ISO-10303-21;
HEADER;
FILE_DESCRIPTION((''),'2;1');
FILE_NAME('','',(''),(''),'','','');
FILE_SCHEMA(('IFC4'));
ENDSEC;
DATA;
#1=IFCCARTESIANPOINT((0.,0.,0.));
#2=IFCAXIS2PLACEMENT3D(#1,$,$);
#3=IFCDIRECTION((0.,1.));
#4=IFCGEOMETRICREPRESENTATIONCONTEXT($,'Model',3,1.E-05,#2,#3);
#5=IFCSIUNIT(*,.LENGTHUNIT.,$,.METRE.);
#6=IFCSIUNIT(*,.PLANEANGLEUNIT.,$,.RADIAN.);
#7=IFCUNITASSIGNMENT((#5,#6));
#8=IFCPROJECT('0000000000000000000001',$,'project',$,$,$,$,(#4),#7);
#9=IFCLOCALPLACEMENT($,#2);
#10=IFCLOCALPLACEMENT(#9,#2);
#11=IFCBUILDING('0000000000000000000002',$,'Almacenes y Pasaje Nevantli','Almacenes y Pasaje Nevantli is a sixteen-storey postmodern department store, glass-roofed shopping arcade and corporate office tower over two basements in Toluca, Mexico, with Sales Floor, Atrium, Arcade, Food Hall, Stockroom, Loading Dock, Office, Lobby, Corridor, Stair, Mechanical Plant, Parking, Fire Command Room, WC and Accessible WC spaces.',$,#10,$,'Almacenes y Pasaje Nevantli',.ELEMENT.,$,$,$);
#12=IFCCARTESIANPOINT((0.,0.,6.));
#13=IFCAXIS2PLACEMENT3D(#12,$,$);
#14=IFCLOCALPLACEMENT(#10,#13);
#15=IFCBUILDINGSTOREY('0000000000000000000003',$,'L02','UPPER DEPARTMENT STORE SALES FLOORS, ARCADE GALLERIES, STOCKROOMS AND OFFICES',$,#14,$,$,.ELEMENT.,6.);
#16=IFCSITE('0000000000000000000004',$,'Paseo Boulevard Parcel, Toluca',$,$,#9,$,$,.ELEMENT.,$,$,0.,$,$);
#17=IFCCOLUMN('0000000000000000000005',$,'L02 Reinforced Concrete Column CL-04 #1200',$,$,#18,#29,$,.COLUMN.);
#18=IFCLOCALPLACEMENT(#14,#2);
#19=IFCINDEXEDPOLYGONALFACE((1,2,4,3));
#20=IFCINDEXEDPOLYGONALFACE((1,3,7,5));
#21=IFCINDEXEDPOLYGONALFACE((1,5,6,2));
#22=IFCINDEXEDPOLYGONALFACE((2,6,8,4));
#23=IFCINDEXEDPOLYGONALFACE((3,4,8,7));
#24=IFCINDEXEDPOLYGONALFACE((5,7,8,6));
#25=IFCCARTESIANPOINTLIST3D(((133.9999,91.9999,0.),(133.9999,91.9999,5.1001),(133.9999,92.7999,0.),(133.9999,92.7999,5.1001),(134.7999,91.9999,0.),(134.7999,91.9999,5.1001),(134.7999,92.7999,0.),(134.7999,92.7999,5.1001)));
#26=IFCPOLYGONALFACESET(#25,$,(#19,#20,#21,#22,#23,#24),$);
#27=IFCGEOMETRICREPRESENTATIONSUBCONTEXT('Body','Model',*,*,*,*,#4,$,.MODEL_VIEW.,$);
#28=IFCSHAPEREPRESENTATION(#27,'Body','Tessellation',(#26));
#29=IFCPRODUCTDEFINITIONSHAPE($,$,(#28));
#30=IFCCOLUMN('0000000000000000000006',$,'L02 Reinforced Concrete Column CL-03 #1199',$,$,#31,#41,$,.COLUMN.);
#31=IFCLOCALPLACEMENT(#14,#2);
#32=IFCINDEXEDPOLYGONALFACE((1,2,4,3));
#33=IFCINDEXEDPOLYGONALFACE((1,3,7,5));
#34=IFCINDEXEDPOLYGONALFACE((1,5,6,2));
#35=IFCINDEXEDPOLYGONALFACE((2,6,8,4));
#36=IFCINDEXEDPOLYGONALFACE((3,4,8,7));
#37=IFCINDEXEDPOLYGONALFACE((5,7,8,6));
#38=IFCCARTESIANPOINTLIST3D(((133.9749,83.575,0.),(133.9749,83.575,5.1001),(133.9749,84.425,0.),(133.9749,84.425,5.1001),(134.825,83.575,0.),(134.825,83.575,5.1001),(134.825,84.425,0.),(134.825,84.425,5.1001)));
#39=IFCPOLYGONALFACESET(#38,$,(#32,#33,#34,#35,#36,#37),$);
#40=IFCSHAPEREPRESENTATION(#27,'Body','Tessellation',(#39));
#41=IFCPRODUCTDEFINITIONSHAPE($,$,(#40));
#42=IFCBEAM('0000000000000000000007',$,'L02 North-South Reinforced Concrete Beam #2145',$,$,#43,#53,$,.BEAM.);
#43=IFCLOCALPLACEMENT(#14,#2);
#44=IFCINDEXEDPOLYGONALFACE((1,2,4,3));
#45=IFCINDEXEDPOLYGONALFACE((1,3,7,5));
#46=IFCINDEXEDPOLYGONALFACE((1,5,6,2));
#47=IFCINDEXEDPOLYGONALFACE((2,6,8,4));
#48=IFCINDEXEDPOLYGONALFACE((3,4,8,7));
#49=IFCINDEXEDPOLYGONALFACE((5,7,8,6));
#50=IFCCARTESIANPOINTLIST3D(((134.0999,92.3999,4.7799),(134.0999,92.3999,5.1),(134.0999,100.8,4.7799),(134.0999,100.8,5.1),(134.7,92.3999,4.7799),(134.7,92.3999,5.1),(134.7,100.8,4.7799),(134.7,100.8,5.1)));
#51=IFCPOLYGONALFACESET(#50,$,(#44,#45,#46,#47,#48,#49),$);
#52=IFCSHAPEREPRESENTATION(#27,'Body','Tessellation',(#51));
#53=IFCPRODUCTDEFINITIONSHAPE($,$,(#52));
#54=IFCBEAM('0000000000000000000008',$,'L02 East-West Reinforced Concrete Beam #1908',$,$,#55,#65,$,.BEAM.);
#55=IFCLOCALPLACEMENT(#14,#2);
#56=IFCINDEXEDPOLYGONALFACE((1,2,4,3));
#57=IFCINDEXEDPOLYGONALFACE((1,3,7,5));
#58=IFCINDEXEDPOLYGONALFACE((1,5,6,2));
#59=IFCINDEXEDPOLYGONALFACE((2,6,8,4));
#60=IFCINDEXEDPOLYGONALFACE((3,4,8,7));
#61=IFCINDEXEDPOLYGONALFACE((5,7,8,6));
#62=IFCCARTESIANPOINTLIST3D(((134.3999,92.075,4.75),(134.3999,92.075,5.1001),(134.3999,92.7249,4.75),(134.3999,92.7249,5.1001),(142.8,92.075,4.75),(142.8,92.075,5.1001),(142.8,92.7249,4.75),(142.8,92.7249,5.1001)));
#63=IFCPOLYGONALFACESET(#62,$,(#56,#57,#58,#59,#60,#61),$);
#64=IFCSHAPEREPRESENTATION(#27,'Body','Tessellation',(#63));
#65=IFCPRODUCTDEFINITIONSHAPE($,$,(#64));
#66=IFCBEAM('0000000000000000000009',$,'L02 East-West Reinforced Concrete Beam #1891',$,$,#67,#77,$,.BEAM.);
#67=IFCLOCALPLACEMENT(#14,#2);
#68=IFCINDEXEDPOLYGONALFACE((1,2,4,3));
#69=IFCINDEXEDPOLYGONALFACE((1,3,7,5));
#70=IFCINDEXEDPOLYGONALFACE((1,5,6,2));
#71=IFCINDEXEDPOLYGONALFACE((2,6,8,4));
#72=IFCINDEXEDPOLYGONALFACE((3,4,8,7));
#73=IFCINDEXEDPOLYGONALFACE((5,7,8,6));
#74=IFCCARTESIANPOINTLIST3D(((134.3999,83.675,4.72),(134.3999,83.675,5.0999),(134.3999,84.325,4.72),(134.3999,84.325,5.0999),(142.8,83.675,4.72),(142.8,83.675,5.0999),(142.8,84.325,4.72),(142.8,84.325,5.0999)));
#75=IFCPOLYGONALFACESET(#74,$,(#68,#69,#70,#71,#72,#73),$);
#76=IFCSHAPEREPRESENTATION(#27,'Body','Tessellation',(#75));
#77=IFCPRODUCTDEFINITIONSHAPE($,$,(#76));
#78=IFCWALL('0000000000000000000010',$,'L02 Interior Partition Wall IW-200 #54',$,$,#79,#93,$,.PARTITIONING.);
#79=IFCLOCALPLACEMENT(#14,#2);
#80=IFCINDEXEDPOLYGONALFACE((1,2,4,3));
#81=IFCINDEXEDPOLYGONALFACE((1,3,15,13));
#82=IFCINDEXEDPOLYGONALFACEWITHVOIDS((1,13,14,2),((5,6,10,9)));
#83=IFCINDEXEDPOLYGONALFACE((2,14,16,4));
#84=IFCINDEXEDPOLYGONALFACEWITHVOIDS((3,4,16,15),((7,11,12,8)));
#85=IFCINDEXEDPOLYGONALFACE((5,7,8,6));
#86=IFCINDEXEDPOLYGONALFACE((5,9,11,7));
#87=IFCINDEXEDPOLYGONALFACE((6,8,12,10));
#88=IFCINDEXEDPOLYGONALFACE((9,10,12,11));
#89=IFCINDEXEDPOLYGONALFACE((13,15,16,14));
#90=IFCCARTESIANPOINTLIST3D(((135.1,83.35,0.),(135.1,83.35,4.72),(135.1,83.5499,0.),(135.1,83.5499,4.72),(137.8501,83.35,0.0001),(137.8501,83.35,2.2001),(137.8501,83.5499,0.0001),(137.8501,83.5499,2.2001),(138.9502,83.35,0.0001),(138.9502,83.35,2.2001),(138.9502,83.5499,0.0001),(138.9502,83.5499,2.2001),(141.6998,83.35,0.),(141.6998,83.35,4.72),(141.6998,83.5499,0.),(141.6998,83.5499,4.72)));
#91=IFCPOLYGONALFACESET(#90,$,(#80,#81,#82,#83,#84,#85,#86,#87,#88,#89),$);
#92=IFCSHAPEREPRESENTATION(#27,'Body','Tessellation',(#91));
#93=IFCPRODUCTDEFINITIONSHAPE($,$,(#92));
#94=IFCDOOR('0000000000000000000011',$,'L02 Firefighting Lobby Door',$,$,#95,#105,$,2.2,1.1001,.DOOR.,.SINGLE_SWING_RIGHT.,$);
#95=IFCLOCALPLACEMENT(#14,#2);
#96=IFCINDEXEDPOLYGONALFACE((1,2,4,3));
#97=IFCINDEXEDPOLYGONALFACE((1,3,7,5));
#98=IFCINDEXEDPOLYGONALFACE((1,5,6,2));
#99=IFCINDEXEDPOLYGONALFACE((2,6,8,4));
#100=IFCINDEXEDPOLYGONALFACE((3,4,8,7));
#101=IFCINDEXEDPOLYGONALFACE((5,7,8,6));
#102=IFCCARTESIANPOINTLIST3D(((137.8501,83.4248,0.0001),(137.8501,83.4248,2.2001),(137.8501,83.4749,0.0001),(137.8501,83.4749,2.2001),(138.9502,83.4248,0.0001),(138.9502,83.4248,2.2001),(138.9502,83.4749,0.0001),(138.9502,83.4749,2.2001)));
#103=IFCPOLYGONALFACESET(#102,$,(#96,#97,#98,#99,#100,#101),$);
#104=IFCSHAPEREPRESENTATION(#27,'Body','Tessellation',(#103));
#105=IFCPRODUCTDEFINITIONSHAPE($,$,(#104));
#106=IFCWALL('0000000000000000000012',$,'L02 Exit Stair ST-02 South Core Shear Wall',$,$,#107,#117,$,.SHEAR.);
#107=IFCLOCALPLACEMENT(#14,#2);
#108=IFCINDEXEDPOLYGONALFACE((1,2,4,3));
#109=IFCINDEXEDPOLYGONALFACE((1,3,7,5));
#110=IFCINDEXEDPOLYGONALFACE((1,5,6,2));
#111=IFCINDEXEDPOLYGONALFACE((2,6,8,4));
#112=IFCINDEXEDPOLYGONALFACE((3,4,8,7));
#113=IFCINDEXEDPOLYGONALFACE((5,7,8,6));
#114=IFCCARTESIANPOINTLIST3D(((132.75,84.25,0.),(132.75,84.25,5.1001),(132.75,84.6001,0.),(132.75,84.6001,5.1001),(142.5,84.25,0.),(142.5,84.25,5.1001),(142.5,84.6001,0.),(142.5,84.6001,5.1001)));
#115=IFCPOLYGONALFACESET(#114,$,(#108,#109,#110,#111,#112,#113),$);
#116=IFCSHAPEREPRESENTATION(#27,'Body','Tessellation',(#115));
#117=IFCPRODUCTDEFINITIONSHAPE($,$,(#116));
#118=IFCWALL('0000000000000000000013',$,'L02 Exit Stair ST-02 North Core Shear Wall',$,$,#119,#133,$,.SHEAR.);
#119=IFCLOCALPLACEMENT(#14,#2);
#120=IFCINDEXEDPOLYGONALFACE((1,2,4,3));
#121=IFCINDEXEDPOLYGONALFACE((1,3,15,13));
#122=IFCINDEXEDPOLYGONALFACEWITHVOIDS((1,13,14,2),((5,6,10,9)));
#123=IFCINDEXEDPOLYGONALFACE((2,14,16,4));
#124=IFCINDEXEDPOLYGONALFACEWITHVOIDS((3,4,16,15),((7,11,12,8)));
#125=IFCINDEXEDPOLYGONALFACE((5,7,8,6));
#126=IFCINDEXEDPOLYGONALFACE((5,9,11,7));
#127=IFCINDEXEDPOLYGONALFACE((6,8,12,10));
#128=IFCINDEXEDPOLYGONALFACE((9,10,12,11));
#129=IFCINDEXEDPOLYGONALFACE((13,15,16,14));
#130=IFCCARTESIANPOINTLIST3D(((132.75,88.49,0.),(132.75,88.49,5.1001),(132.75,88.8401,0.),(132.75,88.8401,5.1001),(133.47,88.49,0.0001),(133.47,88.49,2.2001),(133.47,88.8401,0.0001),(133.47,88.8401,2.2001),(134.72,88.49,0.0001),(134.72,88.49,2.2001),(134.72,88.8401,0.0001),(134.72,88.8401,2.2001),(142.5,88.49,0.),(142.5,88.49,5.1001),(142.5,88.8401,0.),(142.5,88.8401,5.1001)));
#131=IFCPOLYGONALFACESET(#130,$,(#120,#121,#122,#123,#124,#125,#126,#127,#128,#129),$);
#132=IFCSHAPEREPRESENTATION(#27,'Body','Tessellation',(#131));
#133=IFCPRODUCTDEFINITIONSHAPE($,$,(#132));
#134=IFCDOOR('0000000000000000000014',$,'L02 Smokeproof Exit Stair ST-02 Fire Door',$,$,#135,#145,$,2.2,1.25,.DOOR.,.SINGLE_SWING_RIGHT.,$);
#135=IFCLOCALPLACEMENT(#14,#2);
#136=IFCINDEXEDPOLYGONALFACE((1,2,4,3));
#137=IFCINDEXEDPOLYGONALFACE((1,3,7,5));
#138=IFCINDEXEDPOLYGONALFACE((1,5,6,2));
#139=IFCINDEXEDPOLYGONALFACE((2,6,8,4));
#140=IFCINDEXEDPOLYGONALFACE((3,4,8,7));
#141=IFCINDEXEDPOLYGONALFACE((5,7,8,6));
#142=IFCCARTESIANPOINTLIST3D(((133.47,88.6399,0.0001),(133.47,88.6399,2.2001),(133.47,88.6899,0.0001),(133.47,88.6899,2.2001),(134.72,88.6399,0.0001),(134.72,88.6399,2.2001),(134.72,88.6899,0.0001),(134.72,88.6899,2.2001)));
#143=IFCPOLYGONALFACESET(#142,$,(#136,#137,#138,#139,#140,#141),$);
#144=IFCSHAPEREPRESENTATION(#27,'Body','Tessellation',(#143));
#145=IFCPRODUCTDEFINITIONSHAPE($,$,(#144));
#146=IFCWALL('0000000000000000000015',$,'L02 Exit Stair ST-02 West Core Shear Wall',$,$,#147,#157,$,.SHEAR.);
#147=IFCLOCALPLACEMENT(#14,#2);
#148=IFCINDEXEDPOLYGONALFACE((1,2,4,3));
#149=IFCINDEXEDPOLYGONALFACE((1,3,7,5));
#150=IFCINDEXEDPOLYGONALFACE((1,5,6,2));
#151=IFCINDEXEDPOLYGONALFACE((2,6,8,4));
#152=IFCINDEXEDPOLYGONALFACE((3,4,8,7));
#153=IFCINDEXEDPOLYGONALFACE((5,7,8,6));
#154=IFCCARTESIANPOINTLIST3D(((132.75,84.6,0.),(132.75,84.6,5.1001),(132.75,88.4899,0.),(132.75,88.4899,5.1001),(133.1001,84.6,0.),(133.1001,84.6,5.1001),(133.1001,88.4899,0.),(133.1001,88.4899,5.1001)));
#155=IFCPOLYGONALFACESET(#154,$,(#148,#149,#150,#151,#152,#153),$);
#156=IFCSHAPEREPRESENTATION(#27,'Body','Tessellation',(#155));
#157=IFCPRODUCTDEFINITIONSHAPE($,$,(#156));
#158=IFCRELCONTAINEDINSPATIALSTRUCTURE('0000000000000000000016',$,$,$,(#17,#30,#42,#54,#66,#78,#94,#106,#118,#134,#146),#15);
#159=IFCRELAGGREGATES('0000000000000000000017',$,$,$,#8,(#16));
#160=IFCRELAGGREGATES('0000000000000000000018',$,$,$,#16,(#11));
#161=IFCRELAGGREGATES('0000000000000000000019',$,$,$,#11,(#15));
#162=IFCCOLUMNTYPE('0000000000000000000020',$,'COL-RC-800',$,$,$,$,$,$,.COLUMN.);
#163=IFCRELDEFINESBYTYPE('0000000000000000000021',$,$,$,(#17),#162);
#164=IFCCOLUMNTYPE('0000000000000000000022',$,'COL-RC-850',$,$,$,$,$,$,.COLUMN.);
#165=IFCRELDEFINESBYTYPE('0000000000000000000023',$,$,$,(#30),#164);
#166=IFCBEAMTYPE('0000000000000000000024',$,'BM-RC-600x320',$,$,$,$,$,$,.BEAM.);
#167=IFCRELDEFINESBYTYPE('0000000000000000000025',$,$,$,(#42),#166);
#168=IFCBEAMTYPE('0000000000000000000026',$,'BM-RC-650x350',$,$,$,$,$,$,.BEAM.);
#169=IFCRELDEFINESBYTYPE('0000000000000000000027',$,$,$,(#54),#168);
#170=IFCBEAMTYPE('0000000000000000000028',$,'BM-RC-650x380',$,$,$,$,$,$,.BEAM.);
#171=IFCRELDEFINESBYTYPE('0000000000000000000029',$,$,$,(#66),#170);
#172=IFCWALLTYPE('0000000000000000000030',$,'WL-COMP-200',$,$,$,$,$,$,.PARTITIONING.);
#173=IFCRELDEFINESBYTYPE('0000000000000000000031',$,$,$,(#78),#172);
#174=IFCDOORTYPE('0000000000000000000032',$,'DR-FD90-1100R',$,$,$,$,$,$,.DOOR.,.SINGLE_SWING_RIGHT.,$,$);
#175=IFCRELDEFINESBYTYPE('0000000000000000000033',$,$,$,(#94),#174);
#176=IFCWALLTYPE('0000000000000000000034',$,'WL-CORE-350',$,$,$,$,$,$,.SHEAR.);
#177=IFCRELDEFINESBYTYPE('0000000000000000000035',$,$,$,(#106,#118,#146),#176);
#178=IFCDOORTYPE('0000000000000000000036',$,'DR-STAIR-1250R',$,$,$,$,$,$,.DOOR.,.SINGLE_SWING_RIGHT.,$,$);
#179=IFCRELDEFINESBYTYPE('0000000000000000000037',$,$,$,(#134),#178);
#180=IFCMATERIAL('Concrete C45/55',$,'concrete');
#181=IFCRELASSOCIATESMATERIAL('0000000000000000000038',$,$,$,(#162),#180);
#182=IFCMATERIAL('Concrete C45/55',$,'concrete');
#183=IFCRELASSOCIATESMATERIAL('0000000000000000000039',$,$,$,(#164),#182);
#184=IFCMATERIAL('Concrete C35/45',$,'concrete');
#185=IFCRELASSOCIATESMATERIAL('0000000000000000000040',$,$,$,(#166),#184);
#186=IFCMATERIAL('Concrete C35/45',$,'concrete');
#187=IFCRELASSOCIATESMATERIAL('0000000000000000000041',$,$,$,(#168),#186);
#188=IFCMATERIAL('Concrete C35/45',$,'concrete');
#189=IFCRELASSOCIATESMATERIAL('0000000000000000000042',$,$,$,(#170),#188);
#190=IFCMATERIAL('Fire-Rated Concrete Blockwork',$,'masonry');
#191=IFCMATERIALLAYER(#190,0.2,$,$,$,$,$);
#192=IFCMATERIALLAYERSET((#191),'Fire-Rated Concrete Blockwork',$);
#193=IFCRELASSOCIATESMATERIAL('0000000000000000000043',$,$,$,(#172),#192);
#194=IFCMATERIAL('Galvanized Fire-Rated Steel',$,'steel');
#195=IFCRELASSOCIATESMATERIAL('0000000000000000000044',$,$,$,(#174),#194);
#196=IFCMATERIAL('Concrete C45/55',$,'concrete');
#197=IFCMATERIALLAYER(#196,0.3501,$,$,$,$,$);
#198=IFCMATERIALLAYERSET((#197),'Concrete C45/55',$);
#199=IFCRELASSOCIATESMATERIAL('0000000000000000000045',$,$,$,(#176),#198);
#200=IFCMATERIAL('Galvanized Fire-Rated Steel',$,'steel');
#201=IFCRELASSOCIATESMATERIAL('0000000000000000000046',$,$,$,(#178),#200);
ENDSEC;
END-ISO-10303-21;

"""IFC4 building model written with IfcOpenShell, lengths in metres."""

from ifc_helpers import new_model, si_unit, direction, frame, frame_2d, origin, origin_2d, place, context, subcontext, project, spatial, rectangle, extrude, material, layer, layer_set, material_profile, profile_set, type_object, element, fill, save


model = new_model("IFC4")

# Units and contexts
model_context = context("Model", 3, precision=1e-05, world=origin(), true_north=direction((0.0, 1.0)))
body_context = subcontext(model_context, "Body", "Model", "MODEL_VIEW")
ifc_project = project(units=[si_unit("LENGTHUNIT", "METRE"), si_unit("PLANEANGLEUNIT", "RADIAN")], contexts=[model_context])

# Site, building, storey
site_placement = place(None, origin())
site = spatial("IfcSite", under=ifc_project, at=site_placement, Name="Paseo Boulevard Parcel, Toluca", CompositionType="ELEMENT", RefElevation=0.0)
building_placement = place(site_placement, origin())
building = spatial("IfcBuilding", under=site, at=building_placement, Name="Almacenes y Pasaje Nevantli", Description="Almacenes y Pasaje Nevantli is a sixteen-storey postmodern department store, glass-roofed shopping arcade and corporate office tower over two basements in Toluca, Mexico, with Sales Floor, Atrium, Arcade, Food Hall, Stockroom, Loading Dock, Office, Lobby, Corridor, Stair, Mechanical Plant, Parking, Fire Command Room, WC and Accessible WC spaces.", LongName="Almacenes y Pasaje Nevantli", CompositionType="ELEMENT")
storey_placement = place(building_placement, frame((0.0, 0.0, 6.0)))
storey = spatial("IfcBuildingStorey", under=building, at=storey_placement, Name="L02", Description="UPPER DEPARTMENT STORE SALES FLOORS, ARCADE GALLERIES, STOCKROOMS AND OFFICES", CompositionType="ELEMENT", Elevation=6.0)

# Columns
ifc_material_1 = material(Name="Concrete C45/55", Category="concrete")
ifc_material_profile_1 = material_profile(ifc_material_1, rectangle(XDim=0.8, YDim=0.8, at=origin_2d()), Name="RC-COL-800x800")
ifc_profile_set_1 = profile_set([ifc_material_profile_1], Name="Concrete C45/55")
column_type_1 = type_object("IfcColumnType", Name="COL-RC-800", PredefinedType="COLUMN", material=ifc_profile_set_1)
column_1_placement = place(storey_placement, frame((134.3999, 92.3999, 0.0), z_axis=(0.0, 0.0, 1.0), x_axis=(1.0, 0.0, 0.0)))
element("IfcColumn", 1, at=column_1_placement, inside=storey, type_object=column_type_1, Name="L02 Reinforced Concrete Column CL-04 #1200", PredefinedType="COLUMN", context=body_context, shape_type="SweptSolid", body=[
    extrude(rectangle(XDim=0.8, YDim=0.8, at=origin_2d()), origin(), (0.0, 0.0, 1.0), 5.1001),
])
ifc_material_2 = material(Name="Concrete C45/55", Category="concrete")
ifc_material_profile_2 = material_profile(ifc_material_2, rectangle(XDim=0.8501, YDim=0.8501, at=origin_2d()), Name="RC-COL-850x850")
ifc_profile_set_2 = profile_set([ifc_material_profile_2], Name="Concrete C45/55")
column_type_2 = type_object("IfcColumnType", Name="COL-RC-850", PredefinedType="COLUMN", material=ifc_profile_set_2)
column_2_placement = place(storey_placement, frame((134.3999, 84.0, 0.0), z_axis=(0.0, 0.0, 1.0), x_axis=(1.0, 0.0, 0.0)))
element("IfcColumn", 2, at=column_2_placement, inside=storey, type_object=column_type_2, Name="L02 Reinforced Concrete Column CL-03 #1199", PredefinedType="COLUMN", context=body_context, shape_type="SweptSolid", body=[
    extrude(rectangle(XDim=0.8501, YDim=0.8501, at=origin_2d()), origin(), (0.0, 0.0, 1.0), 5.1001),
])

# Beams
ifc_material_3 = material(Name="Concrete C35/45", Category="concrete")
ifc_material_profile_3 = material_profile(ifc_material_3, rectangle(XDim=0.6001, YDim=0.3201, at=origin_2d()), Name="RC-BM-600x320")
ifc_profile_set_3 = profile_set([ifc_material_profile_3], Name="Concrete C35/45")
beam_type_1 = type_object("IfcBeamType", Name="BM-RC-600x320", PredefinedType="BEAM", material=ifc_profile_set_3)
beam_1_placement = place(storey_placement, frame((134.3999, 92.3999, 4.9399), z_axis=(0.0, 1.0, 0.0), x_axis=(-1.0, 0.0, 0.0)))
element("IfcBeam", 3, at=beam_1_placement, inside=storey, type_object=beam_type_1, Name="L02 North-South Reinforced Concrete Beam #2145", PredefinedType="BEAM", context=body_context, shape_type="SweptSolid", body=[
    extrude(rectangle(XDim=0.6001, YDim=0.3201, at=origin_2d()), origin(), (0.0, 0.0, 1.0), 8.4001),
])
ifc_material_4 = material(Name="Concrete C35/45", Category="concrete")
ifc_material_profile_4 = material_profile(ifc_material_4, rectangle(XDim=0.6499, YDim=0.3501, at=origin_2d()), Name="RC-BM-650x350")
ifc_profile_set_4 = profile_set([ifc_material_profile_4], Name="Concrete C35/45")
beam_type_2 = type_object("IfcBeamType", Name="BM-RC-650x350", PredefinedType="BEAM", material=ifc_profile_set_4)
beam_2_placement = place(storey_placement, frame((134.3999, 92.3999, 4.925), z_axis=(1.0, 0.0, 0.0), x_axis=(0.0, 1.0, 0.0)))
element("IfcBeam", 4, at=beam_2_placement, inside=storey, type_object=beam_type_2, Name="L02 East-West Reinforced Concrete Beam #1908", PredefinedType="BEAM", context=body_context, shape_type="SweptSolid", body=[
    extrude(rectangle(XDim=0.6499, YDim=0.3501, at=origin_2d()), origin(), (0.0, 0.0, 1.0), 8.4001),
])
ifc_material_5 = material(Name="Concrete C35/45", Category="concrete")
ifc_material_profile_5 = material_profile(ifc_material_5, rectangle(XDim=0.6499, YDim=0.3799, at=origin_2d()), Name="RC-BM-650x380")
ifc_profile_set_5 = profile_set([ifc_material_profile_5], Name="Concrete C35/45")
beam_type_3 = type_object("IfcBeamType", Name="BM-RC-650x380", PredefinedType="BEAM", material=ifc_profile_set_5)
beam_3_placement = place(storey_placement, frame((134.3999, 84.0, 4.9099), z_axis=(1.0, 0.0, 0.0), x_axis=(0.0, 1.0, 0.0)))
element("IfcBeam", 5, at=beam_3_placement, inside=storey, type_object=beam_type_3, Name="L02 East-West Reinforced Concrete Beam #1891", PredefinedType="BEAM", context=body_context, shape_type="SweptSolid", body=[
    extrude(rectangle(XDim=0.6499, YDim=0.3799, at=origin_2d()), origin(), (0.0, 0.0, 1.0), 8.4001),
])

# Wall, opening, door
ifc_material_6 = material(Name="Fire-Rated Concrete Blockwork", Category="masonry")
ifc_layer_1 = layer(ifc_material_6, 0.2)
ifc_layer_set_1 = layer_set([ifc_layer_1], Name="Fire-Rated Concrete Blockwork")
wall_type_1 = type_object("IfcWallType", Name="WL-COMP-200", PredefinedType="PARTITIONING", material=ifc_layer_set_1)
wall_1_placement = place(storey_placement, frame((135.1001, 83.45, 0.0), z_axis=(0.0, 0.0, 1.0), x_axis=(1.0, 0.0, 0.0)))
wall_1 = element("IfcWall", 6, at=wall_1_placement, inside=storey, type_object=wall_type_1, Name="L02 Interior Partition Wall IW-200 #54", PredefinedType="PARTITIONING", context=body_context, shape_type="SweptSolid", body=[
    extrude(rectangle(XDim=6.5999, YDim=0.2, at=frame_2d((3.2998, 0.0))), origin(), (0.0, 0.0, 1.0), 4.72),
])
opening_1_placement = place(wall_1_placement, frame((2.75, 0.0, 0.0)))
opening_1 = element("IfcOpeningElement", 7, at=opening_1_placement, cuts=wall_1, PredefinedType="OPENING", context=body_context, shape_type="SweptSolid", body=[
    extrude(rectangle(XDim=1.1001, YDim=2.2, at=frame_2d((0.55, 1.1001))), frame((0.0, 0.1099, 0.0), z_axis=(0.0, -1.0, 0.0), x_axis=(1.0, 0.0, 0.0)), (0.0, 0.0, 1.0), 0.22),
])
ifc_material_7 = material(Name="Galvanized Fire-Rated Steel", Category="steel")
door_type_1 = type_object("IfcDoorType", Name="DR-FD90-1100R", OperationType="SINGLE_SWING_RIGHT", PredefinedType="DOOR", material=ifc_material_7)
door_1_placement = place(opening_1_placement, origin())
door_1 = element("IfcDoor", 8, at=door_1_placement, inside=storey, type_object=door_type_1, Name="L02 Firefighting Lobby Door", OperationType="SINGLE_SWING_RIGHT", OverallHeight=2.2, OverallWidth=1.1001, PredefinedType="DOOR", context=body_context, shape_type="SweptSolid", body=[
    extrude(rectangle(XDim=1.1001, YDim=2.2, at=frame_2d((0.55, 1.1001))), frame((0.0, 0.0249, 0.0), z_axis=(0.0, -1.0, 0.0), x_axis=(1.0, 0.0, 0.0)), (0.0, 0.0, 1.0), 0.05),
])
fill(opening_1, door_1)

# Wall
ifc_material_8 = material(Name="Concrete C45/55", Category="concrete")
ifc_layer_2 = layer(ifc_material_8, 0.3501)
ifc_layer_set_2 = layer_set([ifc_layer_2], Name="Concrete C45/55")
wall_type_2 = type_object("IfcWallType", Name="WL-CORE-350", PredefinedType="SHEAR", material=ifc_layer_set_2)
wall_2_placement = place(storey_placement, frame((132.75, 84.425, 0.0), z_axis=(0.0, 0.0, 1.0), x_axis=(1.0, 0.0, 0.0)))
element("IfcWall", 9, at=wall_2_placement, inside=storey, type_object=wall_type_2, Name="L02 Exit Stair ST-02 South Core Shear Wall", PredefinedType="SHEAR", context=body_context, shape_type="SweptSolid", body=[
    extrude(rectangle(XDim=9.75, YDim=0.3501, at=frame_2d((4.875, 0.0))), origin(), (0.0, 0.0, 1.0), 5.1001),
])

# Wall, opening, door
wall_3_placement = place(storey_placement, frame((132.75, 88.665, 0.0), z_axis=(0.0, 0.0, 1.0), x_axis=(1.0, 0.0, 0.0)))
wall_3 = element("IfcWall", 10, at=wall_3_placement, inside=storey, type_object=wall_type_2, Name="L02 Exit Stair ST-02 North Core Shear Wall", PredefinedType="SHEAR", context=body_context, shape_type="SweptSolid", body=[
    extrude(rectangle(XDim=9.75, YDim=0.3501, at=frame_2d((4.875, 0.0))), origin(), (0.0, 0.0, 1.0), 5.1001),
])
opening_2_placement = place(wall_3_placement, frame((0.72, 0.0, 0.0)))
opening_2 = element("IfcOpeningElement", 11, at=opening_2_placement, cuts=wall_3, PredefinedType="OPENING", context=body_context, shape_type="SweptSolid", body=[
    extrude(rectangle(XDim=1.25, YDim=2.2, at=frame_2d((0.625, 1.1001))), frame((0.0, 0.1851, 0.0), z_axis=(0.0, -1.0, 0.0), x_axis=(1.0, 0.0, 0.0)), (0.0, 0.0, 1.0), 0.3701),
])
ifc_material_9 = material(Name="Galvanized Fire-Rated Steel", Category="steel")
door_type_2 = type_object("IfcDoorType", Name="DR-STAIR-1250R", OperationType="SINGLE_SWING_RIGHT", PredefinedType="DOOR", material=ifc_material_9)
door_2_placement = place(opening_2_placement, origin())
door_2 = element("IfcDoor", 12, at=door_2_placement, inside=storey, type_object=door_type_2, Name="L02 Smokeproof Exit Stair ST-02 Fire Door", OperationType="SINGLE_SWING_RIGHT", OverallHeight=2.2, OverallWidth=1.25, PredefinedType="DOOR", context=body_context, shape_type="SweptSolid", body=[
    extrude(rectangle(XDim=1.25, YDim=2.2, at=frame_2d((0.625, 1.1001))), frame((0.0, 0.0249, 0.0), z_axis=(0.0, -1.0, 0.0), x_axis=(1.0, 0.0, 0.0)), (0.0, 0.0, 1.0), 0.05),
])
fill(opening_2, door_2)

# Wall
wall_4_placement = place(storey_placement, frame((132.925, 84.6001, 0.0), z_axis=(0.0, 0.0, 1.0), x_axis=(0.0, 1.0, 0.0)))
element("IfcWall", 13, at=wall_4_placement, inside=storey, type_object=wall_type_2, Name="L02 Exit Stair ST-02 West Core Shear Wall", PredefinedType="SHEAR", context=body_context, shape_type="SweptSolid", body=[
    extrude(rectangle(XDim=3.8899, YDim=0.3501, at=frame_2d((1.9448, 0.0))), origin(), (0.0, 0.0, 1.0), 5.1001),
])

save(model, "model.ifc")
